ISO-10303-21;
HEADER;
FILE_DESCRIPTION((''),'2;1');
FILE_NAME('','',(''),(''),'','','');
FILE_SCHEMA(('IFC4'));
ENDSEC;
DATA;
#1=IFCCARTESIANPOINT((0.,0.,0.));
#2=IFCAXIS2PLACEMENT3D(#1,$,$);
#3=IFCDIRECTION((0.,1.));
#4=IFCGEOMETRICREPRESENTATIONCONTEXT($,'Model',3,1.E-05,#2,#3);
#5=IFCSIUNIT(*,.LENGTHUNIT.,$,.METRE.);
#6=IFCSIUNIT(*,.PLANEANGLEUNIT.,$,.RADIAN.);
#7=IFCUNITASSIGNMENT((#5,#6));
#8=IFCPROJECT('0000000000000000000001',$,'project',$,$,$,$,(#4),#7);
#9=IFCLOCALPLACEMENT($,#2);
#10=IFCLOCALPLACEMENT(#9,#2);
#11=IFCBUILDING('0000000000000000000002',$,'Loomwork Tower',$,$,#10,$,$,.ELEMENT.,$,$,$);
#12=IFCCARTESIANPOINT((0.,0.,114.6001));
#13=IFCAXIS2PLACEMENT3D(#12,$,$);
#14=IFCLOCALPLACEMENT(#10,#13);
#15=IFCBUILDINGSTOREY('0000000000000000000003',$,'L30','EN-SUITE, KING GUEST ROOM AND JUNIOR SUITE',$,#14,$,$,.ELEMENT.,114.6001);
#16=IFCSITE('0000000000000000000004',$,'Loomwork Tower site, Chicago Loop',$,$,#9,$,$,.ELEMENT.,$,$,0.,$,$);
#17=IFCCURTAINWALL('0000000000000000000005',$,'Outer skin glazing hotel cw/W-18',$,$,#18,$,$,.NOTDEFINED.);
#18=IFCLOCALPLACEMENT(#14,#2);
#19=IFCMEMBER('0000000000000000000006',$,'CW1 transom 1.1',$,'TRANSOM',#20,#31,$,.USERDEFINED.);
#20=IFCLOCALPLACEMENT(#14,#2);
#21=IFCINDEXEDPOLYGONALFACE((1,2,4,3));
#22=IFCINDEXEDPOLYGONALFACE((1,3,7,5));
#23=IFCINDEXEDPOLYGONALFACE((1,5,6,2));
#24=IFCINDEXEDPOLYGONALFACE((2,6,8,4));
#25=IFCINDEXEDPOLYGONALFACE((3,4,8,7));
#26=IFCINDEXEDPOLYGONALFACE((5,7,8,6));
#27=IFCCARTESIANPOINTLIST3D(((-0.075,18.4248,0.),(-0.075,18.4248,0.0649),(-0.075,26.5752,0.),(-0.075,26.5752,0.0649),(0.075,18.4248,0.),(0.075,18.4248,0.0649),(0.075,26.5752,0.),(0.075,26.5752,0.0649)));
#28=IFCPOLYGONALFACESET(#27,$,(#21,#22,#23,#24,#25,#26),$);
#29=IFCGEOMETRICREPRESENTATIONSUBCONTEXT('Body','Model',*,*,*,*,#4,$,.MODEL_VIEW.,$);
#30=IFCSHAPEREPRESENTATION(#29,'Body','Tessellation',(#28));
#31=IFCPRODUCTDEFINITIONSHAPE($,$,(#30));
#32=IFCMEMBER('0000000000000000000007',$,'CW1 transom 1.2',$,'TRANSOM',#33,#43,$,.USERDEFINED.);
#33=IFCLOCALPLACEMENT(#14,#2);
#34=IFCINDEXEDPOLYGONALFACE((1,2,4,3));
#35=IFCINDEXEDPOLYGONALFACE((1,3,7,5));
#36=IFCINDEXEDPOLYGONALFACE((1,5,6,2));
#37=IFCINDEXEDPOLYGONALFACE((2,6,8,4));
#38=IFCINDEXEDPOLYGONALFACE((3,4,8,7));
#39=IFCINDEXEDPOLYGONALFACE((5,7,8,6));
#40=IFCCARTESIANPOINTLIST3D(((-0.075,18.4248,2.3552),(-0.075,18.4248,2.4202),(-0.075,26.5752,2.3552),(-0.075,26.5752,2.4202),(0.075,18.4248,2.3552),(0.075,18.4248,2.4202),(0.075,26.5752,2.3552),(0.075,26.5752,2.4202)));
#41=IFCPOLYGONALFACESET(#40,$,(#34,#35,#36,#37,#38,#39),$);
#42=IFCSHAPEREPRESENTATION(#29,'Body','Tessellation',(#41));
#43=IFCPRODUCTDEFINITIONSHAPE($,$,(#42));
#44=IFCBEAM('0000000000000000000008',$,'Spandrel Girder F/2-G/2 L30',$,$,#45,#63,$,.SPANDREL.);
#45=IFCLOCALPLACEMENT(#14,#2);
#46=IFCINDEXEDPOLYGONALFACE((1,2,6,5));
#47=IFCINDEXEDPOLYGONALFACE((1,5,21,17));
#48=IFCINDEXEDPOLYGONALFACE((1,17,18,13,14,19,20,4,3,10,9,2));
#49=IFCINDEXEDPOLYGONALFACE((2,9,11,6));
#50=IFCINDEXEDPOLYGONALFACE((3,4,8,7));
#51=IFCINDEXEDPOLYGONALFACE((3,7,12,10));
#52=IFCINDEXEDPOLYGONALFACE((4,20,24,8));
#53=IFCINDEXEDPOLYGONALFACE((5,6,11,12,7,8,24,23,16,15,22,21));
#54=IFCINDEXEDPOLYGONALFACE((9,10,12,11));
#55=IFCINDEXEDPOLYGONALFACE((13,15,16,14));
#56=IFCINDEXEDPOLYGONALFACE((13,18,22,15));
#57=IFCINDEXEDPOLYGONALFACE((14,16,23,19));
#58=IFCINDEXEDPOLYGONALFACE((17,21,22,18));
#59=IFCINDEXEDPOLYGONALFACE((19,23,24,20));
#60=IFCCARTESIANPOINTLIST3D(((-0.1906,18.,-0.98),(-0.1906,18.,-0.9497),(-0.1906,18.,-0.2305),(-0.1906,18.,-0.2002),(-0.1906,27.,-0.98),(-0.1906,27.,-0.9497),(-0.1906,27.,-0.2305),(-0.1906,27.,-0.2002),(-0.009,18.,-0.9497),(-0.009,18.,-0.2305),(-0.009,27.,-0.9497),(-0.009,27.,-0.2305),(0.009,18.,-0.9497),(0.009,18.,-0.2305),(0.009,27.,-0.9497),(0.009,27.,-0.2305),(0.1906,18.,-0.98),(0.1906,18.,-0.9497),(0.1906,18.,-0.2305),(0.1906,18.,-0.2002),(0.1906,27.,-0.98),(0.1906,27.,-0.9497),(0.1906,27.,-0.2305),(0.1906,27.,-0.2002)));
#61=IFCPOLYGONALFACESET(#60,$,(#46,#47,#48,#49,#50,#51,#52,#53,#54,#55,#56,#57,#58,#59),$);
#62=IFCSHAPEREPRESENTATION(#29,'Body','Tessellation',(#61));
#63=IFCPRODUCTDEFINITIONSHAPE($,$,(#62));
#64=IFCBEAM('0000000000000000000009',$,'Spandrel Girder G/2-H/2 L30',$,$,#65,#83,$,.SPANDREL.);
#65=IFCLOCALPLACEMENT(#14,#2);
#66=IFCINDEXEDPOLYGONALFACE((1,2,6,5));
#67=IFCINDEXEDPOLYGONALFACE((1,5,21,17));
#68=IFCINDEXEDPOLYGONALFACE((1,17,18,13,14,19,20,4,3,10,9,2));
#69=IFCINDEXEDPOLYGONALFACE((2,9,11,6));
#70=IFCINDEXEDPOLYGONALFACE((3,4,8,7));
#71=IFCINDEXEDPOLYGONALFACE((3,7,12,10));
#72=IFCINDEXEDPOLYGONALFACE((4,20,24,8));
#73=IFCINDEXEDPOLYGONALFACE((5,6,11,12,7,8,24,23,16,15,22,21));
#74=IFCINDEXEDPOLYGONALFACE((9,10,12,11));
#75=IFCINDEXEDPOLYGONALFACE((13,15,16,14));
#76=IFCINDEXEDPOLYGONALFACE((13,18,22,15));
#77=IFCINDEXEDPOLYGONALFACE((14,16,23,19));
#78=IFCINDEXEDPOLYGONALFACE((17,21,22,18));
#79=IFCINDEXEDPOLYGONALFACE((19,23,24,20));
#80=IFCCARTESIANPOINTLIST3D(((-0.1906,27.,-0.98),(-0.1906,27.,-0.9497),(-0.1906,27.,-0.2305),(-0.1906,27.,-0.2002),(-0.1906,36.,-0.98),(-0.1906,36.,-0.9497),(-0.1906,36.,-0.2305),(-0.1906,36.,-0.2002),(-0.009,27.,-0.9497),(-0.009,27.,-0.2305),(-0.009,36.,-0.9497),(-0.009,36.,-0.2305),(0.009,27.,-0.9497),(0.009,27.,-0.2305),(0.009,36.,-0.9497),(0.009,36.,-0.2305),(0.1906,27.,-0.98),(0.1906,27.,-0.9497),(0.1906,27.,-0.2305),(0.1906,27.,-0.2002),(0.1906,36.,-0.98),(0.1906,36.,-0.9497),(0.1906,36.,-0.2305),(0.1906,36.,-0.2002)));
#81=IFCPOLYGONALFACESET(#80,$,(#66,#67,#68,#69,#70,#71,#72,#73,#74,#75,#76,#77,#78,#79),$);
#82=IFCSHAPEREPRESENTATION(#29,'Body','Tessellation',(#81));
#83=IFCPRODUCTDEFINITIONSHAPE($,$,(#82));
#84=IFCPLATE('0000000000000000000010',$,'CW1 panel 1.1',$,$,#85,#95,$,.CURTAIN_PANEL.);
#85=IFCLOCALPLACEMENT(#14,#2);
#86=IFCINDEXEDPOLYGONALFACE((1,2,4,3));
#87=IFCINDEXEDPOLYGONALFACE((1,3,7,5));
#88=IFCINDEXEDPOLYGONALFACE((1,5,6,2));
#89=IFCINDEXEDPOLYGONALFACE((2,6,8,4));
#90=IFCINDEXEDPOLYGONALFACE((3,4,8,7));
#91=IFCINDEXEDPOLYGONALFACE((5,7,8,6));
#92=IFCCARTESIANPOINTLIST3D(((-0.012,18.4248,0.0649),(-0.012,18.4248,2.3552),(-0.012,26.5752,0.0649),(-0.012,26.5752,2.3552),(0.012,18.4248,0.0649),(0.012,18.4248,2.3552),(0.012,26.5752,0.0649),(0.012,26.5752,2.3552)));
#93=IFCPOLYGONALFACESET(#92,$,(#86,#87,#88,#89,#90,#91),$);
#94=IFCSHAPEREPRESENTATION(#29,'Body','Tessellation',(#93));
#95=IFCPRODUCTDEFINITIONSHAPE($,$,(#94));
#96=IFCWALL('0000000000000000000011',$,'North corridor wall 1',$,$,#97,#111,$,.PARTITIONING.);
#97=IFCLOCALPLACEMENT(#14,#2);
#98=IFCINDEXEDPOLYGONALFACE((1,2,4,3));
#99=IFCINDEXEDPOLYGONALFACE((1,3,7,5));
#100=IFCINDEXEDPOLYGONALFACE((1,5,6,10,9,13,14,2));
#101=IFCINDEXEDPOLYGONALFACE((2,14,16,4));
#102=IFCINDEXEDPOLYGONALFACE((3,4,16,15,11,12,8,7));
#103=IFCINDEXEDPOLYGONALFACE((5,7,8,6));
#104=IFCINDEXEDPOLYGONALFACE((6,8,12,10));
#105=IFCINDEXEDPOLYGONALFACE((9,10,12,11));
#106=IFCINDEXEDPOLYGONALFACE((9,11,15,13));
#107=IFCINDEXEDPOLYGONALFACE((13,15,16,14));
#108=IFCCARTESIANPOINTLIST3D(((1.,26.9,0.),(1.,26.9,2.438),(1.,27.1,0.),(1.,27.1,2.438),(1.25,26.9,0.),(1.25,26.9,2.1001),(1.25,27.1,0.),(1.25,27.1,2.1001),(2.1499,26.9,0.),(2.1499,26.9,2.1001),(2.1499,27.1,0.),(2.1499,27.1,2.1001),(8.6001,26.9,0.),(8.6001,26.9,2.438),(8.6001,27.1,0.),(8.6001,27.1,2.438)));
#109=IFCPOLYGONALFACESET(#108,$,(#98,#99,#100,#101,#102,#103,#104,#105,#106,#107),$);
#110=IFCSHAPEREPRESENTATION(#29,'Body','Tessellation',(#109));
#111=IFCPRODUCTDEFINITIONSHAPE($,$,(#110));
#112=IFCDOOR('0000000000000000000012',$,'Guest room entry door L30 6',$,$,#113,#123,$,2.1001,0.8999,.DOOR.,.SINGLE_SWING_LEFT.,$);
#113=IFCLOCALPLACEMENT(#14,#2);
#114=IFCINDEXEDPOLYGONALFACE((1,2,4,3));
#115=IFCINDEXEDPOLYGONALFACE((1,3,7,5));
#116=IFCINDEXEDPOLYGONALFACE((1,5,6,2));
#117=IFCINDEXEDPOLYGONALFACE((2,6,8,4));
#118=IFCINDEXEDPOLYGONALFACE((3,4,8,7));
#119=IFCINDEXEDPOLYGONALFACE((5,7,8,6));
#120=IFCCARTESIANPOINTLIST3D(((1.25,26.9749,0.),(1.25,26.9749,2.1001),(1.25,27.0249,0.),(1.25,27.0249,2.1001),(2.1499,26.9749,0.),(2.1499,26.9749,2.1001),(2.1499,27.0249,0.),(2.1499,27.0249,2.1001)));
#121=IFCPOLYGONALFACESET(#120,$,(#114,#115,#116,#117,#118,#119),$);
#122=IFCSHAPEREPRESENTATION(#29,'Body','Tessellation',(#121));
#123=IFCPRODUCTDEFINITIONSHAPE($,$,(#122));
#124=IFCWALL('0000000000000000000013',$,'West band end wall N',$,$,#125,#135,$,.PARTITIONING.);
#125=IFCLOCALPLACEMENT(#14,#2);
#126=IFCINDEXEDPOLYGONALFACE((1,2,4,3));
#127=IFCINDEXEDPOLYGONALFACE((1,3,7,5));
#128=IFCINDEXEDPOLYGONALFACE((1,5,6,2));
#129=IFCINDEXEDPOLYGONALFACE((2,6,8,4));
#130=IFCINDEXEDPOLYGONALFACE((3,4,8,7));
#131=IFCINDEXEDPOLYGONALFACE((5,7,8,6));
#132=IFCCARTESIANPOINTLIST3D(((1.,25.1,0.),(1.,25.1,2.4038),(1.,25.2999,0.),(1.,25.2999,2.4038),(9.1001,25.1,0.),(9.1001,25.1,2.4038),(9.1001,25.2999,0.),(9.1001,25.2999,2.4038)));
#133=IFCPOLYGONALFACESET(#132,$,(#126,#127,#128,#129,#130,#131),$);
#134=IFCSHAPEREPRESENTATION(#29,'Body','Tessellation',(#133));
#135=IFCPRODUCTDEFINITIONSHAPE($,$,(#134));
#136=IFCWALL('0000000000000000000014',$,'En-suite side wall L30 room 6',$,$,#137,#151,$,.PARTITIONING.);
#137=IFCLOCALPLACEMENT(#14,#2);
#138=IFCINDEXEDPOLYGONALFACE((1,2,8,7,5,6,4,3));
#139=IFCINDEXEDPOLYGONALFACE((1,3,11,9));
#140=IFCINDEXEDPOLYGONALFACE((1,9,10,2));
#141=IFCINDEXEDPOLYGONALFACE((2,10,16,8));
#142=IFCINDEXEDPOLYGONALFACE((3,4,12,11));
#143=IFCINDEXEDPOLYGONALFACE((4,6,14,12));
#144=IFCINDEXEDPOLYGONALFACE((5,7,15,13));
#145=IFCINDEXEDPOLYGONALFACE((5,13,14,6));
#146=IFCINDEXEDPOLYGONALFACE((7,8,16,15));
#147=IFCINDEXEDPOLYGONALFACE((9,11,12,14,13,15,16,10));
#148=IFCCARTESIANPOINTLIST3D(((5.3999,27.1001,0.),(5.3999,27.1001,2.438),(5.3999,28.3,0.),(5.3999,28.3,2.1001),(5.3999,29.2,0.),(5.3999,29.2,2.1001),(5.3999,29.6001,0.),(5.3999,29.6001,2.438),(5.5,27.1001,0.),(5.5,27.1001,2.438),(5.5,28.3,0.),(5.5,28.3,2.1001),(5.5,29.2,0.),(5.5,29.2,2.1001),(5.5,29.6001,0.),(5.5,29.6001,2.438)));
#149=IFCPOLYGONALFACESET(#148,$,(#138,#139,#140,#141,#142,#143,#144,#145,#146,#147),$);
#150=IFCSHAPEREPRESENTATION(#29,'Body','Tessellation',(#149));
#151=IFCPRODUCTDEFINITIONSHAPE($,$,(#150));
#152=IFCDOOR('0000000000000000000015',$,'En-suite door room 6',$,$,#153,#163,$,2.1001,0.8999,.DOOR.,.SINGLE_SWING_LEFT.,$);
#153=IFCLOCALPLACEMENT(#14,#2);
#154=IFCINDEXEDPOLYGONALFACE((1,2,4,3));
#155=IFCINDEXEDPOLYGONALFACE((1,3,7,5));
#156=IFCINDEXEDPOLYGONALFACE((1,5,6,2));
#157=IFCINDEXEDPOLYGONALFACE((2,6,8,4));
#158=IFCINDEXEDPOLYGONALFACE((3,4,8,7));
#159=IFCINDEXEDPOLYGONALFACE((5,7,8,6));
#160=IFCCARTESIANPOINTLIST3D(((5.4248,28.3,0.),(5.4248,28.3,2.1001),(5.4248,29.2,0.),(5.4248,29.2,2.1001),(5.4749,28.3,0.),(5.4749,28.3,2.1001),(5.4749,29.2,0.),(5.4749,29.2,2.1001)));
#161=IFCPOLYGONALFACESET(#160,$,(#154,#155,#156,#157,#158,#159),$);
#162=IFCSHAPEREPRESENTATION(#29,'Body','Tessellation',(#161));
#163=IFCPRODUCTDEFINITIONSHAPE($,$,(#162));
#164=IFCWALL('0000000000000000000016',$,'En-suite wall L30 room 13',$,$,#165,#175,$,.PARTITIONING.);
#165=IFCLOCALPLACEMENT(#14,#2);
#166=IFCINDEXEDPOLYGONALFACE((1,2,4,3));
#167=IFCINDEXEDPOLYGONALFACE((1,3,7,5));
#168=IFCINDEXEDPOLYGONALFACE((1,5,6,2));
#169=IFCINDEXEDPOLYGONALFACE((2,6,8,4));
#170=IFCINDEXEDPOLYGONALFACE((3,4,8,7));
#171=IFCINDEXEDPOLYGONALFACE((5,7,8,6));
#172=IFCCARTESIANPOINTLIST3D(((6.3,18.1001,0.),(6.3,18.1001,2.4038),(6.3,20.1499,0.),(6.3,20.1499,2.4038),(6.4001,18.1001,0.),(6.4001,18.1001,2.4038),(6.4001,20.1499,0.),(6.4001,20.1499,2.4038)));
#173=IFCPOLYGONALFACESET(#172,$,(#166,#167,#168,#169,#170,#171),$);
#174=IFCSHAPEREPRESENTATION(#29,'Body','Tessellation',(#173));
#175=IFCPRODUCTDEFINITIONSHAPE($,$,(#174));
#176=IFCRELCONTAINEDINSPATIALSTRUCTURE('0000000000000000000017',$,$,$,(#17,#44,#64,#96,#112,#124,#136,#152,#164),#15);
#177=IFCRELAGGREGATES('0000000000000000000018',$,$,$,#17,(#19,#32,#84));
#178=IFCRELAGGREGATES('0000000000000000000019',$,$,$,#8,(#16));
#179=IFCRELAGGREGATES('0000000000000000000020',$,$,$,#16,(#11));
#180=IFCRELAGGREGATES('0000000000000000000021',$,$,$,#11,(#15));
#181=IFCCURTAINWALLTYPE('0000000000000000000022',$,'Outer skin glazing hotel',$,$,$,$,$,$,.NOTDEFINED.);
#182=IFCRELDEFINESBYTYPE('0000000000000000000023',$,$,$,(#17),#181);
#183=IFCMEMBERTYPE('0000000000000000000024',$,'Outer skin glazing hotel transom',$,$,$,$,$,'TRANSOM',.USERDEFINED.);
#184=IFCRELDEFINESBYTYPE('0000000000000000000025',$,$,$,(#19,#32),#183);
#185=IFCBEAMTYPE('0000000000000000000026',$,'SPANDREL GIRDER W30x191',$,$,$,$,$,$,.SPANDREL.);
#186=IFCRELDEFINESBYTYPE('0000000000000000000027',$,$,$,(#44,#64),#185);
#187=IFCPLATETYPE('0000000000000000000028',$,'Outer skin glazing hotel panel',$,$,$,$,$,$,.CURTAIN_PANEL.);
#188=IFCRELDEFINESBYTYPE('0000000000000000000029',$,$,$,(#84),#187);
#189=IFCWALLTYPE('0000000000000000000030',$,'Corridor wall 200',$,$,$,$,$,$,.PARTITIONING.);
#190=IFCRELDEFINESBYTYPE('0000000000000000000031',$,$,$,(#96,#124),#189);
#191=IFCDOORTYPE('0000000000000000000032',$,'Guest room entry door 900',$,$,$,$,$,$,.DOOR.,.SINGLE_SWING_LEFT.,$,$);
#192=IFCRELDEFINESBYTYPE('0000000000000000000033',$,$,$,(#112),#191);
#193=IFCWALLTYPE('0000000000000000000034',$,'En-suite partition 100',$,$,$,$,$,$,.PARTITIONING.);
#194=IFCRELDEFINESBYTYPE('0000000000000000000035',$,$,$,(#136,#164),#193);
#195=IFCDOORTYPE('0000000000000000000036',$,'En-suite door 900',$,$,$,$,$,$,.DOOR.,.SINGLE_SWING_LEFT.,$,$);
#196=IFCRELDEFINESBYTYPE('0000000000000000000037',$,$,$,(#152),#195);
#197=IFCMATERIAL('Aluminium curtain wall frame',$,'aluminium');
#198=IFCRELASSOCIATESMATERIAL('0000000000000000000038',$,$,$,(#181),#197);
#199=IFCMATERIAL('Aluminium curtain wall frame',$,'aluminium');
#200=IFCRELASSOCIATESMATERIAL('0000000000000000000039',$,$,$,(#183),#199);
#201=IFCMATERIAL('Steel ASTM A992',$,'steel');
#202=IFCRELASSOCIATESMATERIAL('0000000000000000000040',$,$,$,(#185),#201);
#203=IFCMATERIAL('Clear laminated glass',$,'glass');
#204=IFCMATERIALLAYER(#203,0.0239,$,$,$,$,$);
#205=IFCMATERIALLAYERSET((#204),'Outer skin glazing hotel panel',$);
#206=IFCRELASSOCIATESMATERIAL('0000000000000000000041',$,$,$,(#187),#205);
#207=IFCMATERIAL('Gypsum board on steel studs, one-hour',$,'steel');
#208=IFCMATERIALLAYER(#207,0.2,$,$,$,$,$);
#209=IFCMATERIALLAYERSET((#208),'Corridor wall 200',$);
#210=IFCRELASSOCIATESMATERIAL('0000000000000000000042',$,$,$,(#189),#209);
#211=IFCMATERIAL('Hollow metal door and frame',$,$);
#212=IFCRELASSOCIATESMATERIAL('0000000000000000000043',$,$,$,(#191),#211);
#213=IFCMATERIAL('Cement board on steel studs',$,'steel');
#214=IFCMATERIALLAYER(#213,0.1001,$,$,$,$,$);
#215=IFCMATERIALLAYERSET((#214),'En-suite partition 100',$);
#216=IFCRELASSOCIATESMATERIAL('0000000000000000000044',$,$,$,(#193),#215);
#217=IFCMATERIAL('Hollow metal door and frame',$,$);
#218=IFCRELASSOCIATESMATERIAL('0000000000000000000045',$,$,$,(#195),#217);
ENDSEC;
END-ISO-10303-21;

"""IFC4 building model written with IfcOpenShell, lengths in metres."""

from ifc_helpers import new_model, si_unit, direction, frame, frame_2d, origin, origin_2d, place, context, subcontext, project, spatial, rectangle, i_section, extrude, material, layer, layer_set, material_profile, profile_set, type_object, element, fill, aggregate, save


model = new_model("IFC4")

# Units and contexts
model_context = context("Model", 3, precision=1e-05, world=origin(), true_north=direction((0.0, 1.0)))
body_context = subcontext(model_context, "Body", "Model", "MODEL_VIEW")
ifc_project = project(units=[si_unit("LENGTHUNIT", "METRE"), si_unit("PLANEANGLEUNIT", "RADIAN")], contexts=[model_context])

# Site, building, storey
site_placement = place(None, origin())
site = spatial("IfcSite", under=ifc_project, at=site_placement, Name="Loomwork Tower site, Chicago Loop", CompositionType="ELEMENT", RefElevation=0.0)
building_placement = place(site_placement, origin())
building = spatial("IfcBuilding", under=site, at=building_placement, Name="Loomwork Tower", CompositionType="ELEMENT")
storey_placement = place(building_placement, frame((0.0, 0.0, 114.6001)))
storey = spatial("IfcBuildingStorey", under=building, at=storey_placement, Name="L30", Description="EN-SUITE, KING GUEST ROOM AND JUNIOR SUITE", CompositionType="ELEMENT", Elevation=114.6001)

# Shared definitions
ifc_material_1 = material(Name="Aluminium curtain wall frame", Category="aluminium")
curtain_wall_type = type_object("IfcCurtainWallType", Name="Outer skin glazing hotel", PredefinedType="NOTDEFINED", material=ifc_material_1)

# Curtain wall
curtain_wall_1_placement = place(storey_placement, origin())
curtain_wall_1 = element("IfcCurtainWall", 1, at=curtain_wall_1_placement, inside=storey, type_object=curtain_wall_type, Name="Outer skin glazing hotel cw/W-18", PredefinedType="NOTDEFINED")

# Members
ifc_material_2 = material(Name="Aluminium curtain wall frame", Category="aluminium")
ifc_material_profile_1 = material_profile(ifc_material_2, rectangle(XDim=0.1499, YDim=0.0649, at=origin_2d()), Name="AL 65x150")
ifc_profile_set_1 = profile_set([ifc_material_profile_1], Name="Aluminium curtain wall frame")
member_type_1 = type_object("IfcMemberType", Name="Outer skin glazing hotel transom", ElementType="TRANSOM", PredefinedType="USERDEFINED", material=ifc_profile_set_1)
member_1_placement = place(storey_placement, frame((0.0, 26.5752, 0.0325), z_axis=(0.0, -1.0, 0.0), x_axis=(1.0, 0.0, 0.0)))
member_1 = element("IfcMember", 2, at=member_1_placement, type_object=member_type_1, Name="CW1 transom 1.1", ObjectType="TRANSOM", PredefinedType="USERDEFINED", context=body_context, shape_type="SweptSolid", body=[
    extrude(rectangle(XDim=0.1499, YDim=0.0649, at=origin_2d()), origin(), (0.0, 0.0, 1.0), 8.1504),
])
member_2_placement = place(storey_placement, frame((0.0, 26.5752, 2.3877), z_axis=(0.0, -1.0, 0.0), x_axis=(1.0, 0.0, 0.0)))
member_2 = element("IfcMember", 3, at=member_2_placement, type_object=member_type_1, Name="CW1 transom 1.2", ObjectType="TRANSOM", PredefinedType="USERDEFINED", context=body_context, shape_type="SweptSolid", body=[
    extrude(rectangle(XDim=0.1499, YDim=0.0649, at=origin_2d()), origin(), (0.0, 0.0, 1.0), 8.1504),
])

# Beams
ifc_material_3 = material(Name="Steel ASTM A992", Category="steel")
ifc_material_profile_2 = material_profile(ifc_material_3, i_section(OverallWidth=0.3811, OverallDepth=0.7798, WebThickness=0.0181, FlangeThickness=0.0303, at=origin_2d()), Name="W30x191")
ifc_profile_set_2 = profile_set([ifc_material_profile_2], Name="Steel ASTM A992")
beam_type_1 = type_object("IfcBeamType", Name="SPANDREL GIRDER W30x191", PredefinedType="SPANDREL", material=ifc_profile_set_2)
for number, where, z_axis, x_axis, name in (
    (4, (0.0, 18.0, -0.5901), (0.0, 1.0, 0.0), (-1.0, 0.0, 0.0), "Spandrel Girder F/2-G/2 L30"),
    (5, (0.0, 27.0, -0.5901), (0.0, 1.0, 0.0), (-1.0, 0.0, 0.0), "Spandrel Girder G/2-H/2 L30"),
):
    element("IfcBeam", number, at=place(storey_placement, frame(where, z_axis=z_axis, x_axis=x_axis)), inside=storey, type_object=beam_type_1, Name=name, PredefinedType="SPANDREL", context=body_context, shape_type="SweptSolid", body=[
        extrude(i_section(OverallWidth=0.3811, OverallDepth=0.7798, WebThickness=0.0181, FlangeThickness=0.0303, at=origin_2d()), origin(), (0.0, 0.0, 1.0), 9.0),
    ])

# Plate
ifc_material_4 = material(Name="Clear laminated glass", Category="glass")
ifc_layer_1 = layer(ifc_material_4, 0.0239)
ifc_layer_set_1 = layer_set([ifc_layer_1], Name="Outer skin glazing hotel panel")
plate_type = type_object("IfcPlateType", Name="Outer skin glazing hotel panel", PredefinedType="CURTAIN_PANEL", material=ifc_layer_set_1)
plate_placement = place(storey_placement, frame((0.0, 22.5, 0.0649), z_axis=(0.0, 0.0, 1.0), x_axis=(0.0, -1.0, 0.0)))
plate = element("IfcPlate", 6, at=plate_placement, type_object=plate_type, Name="CW1 panel 1.1", PredefinedType="CURTAIN_PANEL", context=body_context, shape_type="SweptSolid", body=[
    extrude(rectangle(XDim=8.1504, YDim=0.0239, at=origin_2d()), origin(), (0.0, 0.0, 1.0), 2.2903),
])
aggregate(curtain_wall_1, [member_1, member_2, plate])

# Wall, opening, door
ifc_material_5 = material(Name="Gypsum board on steel studs, one-hour", Category="steel")
ifc_layer_2 = layer(ifc_material_5, 0.2)
ifc_layer_set_2 = layer_set([ifc_layer_2], Name="Corridor wall 200")
wall_type_1 = type_object("IfcWallType", Name="Corridor wall 200", PredefinedType="PARTITIONING", material=ifc_layer_set_2)
wall_1_placement = place(storey_placement, frame((1.0, 27.0, 0.0), z_axis=(0.0, 0.0, 1.0), x_axis=(1.0, 0.0, 0.0)))
wall_1 = element("IfcWall", 7, at=wall_1_placement, inside=storey, type_object=wall_type_1, Name="North corridor wall 1", PredefinedType="PARTITIONING", context=body_context, shape_type="SweptSolid", body=[
    extrude(rectangle(XDim=7.6001, YDim=0.2, at=frame_2d((3.8, 0.0))), origin(), (0.0, 0.0, 1.0), 2.438),
])
opening_1_placement = place(wall_1_placement, frame((0.25, 0.0, 0.0)))
opening_1 = element("IfcOpeningElement", 8, at=opening_1_placement, cuts=wall_1, PredefinedType="OPENING", context=body_context, shape_type="SweptSolid", body=[
    extrude(rectangle(XDim=0.8999, YDim=2.1001, at=frame_2d((0.45, 1.05))), frame((0.0, 0.1099, 0.0), z_axis=(0.0, -1.0, 0.0), x_axis=(1.0, 0.0, 0.0)), (0.0, 0.0, 1.0), 0.22),
])
ifc_material_6 = material(Name="Hollow metal door and frame")
door_type_1 = type_object("IfcDoorType", Name="Guest room entry door 900", OperationType="SINGLE_SWING_LEFT", PredefinedType="DOOR", material=ifc_material_6)
door_1_placement = place(opening_1_placement, origin())
door_1 = element("IfcDoor", 9, at=door_1_placement, inside=storey, type_object=door_type_1, Name="Guest room entry door L30 6", OperationType="SINGLE_SWING_LEFT", OverallHeight=2.1001, OverallWidth=0.8999, PredefinedType="DOOR", context=body_context, shape_type="SweptSolid", body=[
    extrude(rectangle(XDim=0.8999, YDim=2.1001, at=frame_2d((0.45, 1.05))), frame((0.0, 0.0249, 0.0), z_axis=(0.0, -1.0, 0.0), x_axis=(1.0, 0.0, 0.0)), (0.0, 0.0, 1.0), 0.05),
])
fill(opening_1, door_1)

# Wall
wall_2_placement = place(storey_placement, frame((1.0, 25.2, 0.0), z_axis=(0.0, 0.0, 1.0), x_axis=(1.0, 0.0, 0.0)))
element("IfcWall", 10, at=wall_2_placement, inside=storey, type_object=wall_type_1, Name="West band end wall N", PredefinedType="PARTITIONING", context=body_context, shape_type="SweptSolid", body=[
    extrude(rectangle(XDim=8.1001, YDim=0.2, at=frame_2d((4.05, 0.0))), origin(), (0.0, 0.0, 1.0), 2.4038),
])

# Wall, opening, door
ifc_material_7 = material(Name="Cement board on steel studs", Category="steel")
ifc_layer_3 = layer(ifc_material_7, 0.1001)
ifc_layer_set_3 = layer_set([ifc_layer_3], Name="En-suite partition 100")
wall_type_2 = type_object("IfcWallType", Name="En-suite partition 100", PredefinedType="PARTITIONING", material=ifc_layer_set_3)
wall_3_placement = place(storey_placement, frame((5.45, 27.1001, 0.0), z_axis=(0.0, 0.0, 1.0), x_axis=(0.0, 1.0, 0.0)))
wall_3 = element("IfcWall", 11, at=wall_3_placement, inside=storey, type_object=wall_type_2, Name="En-suite side wall L30 room 6", PredefinedType="PARTITIONING", context=body_context, shape_type="SweptSolid", body=[
    extrude(rectangle(XDim=2.5, YDim=0.1001, at=frame_2d((1.25, 0.0))), origin(), (0.0, 0.0, 1.0), 2.438),
])
opening_2_placement = place(wall_3_placement, frame((1.2, 0.0, 0.0)))
opening_2 = element("IfcOpeningElement", 12, at=opening_2_placement, cuts=wall_3, PredefinedType="OPENING", context=body_context, shape_type="SweptSolid", body=[
    extrude(rectangle(XDim=0.8999, YDim=2.1001, at=frame_2d((0.45, 1.05))), frame((0.0, 0.0601, 0.0), z_axis=(0.0, -1.0, 0.0), x_axis=(1.0, 0.0, 0.0)), (0.0, 0.0, 1.0), 0.1201),
])
ifc_material_8 = material(Name="Hollow metal door and frame")
door_type_2 = type_object("IfcDoorType", Name="En-suite door 900", OperationType="SINGLE_SWING_LEFT", PredefinedType="DOOR", material=ifc_material_8)
door_2_placement = place(opening_2_placement, frame((0.8999, 0.0, 0.0), z_axis=(0.0, 0.0, 1.0), x_axis=(-1.0, 0.0, 0.0)))
door_2 = element("IfcDoor", 13, at=door_2_placement, inside=storey, type_object=door_type_2, Name="En-suite door room 6", OperationType="SINGLE_SWING_LEFT", OverallHeight=2.1001, OverallWidth=0.8999, PredefinedType="DOOR", context=body_context, shape_type="SweptSolid", body=[
    extrude(rectangle(XDim=0.8999, YDim=2.1001, at=frame_2d((0.45, 1.05))), frame((0.0, 0.0249, 0.0), z_axis=(0.0, -1.0, 0.0), x_axis=(1.0, 0.0, 0.0)), (0.0, 0.0, 1.0), 0.05),
])
fill(opening_2, door_2)

# Wall
wall_4_placement = place(storey_placement, frame((6.3501, 18.1001, 0.0), z_axis=(0.0, 0.0, 1.0), x_axis=(0.0, 1.0, 0.0)))
element("IfcWall", 14, at=wall_4_placement, inside=storey, type_object=wall_type_2, Name="En-suite wall L30 room 13", PredefinedType="PARTITIONING", context=body_context, shape_type="SweptSolid", body=[
    extrude(rectangle(XDim=2.0498, YDim=0.1001, at=frame_2d((1.0249, 0.0))), origin(), (0.0, 0.0, 1.0), 2.4038),
])

save(model, "model.ifc")
